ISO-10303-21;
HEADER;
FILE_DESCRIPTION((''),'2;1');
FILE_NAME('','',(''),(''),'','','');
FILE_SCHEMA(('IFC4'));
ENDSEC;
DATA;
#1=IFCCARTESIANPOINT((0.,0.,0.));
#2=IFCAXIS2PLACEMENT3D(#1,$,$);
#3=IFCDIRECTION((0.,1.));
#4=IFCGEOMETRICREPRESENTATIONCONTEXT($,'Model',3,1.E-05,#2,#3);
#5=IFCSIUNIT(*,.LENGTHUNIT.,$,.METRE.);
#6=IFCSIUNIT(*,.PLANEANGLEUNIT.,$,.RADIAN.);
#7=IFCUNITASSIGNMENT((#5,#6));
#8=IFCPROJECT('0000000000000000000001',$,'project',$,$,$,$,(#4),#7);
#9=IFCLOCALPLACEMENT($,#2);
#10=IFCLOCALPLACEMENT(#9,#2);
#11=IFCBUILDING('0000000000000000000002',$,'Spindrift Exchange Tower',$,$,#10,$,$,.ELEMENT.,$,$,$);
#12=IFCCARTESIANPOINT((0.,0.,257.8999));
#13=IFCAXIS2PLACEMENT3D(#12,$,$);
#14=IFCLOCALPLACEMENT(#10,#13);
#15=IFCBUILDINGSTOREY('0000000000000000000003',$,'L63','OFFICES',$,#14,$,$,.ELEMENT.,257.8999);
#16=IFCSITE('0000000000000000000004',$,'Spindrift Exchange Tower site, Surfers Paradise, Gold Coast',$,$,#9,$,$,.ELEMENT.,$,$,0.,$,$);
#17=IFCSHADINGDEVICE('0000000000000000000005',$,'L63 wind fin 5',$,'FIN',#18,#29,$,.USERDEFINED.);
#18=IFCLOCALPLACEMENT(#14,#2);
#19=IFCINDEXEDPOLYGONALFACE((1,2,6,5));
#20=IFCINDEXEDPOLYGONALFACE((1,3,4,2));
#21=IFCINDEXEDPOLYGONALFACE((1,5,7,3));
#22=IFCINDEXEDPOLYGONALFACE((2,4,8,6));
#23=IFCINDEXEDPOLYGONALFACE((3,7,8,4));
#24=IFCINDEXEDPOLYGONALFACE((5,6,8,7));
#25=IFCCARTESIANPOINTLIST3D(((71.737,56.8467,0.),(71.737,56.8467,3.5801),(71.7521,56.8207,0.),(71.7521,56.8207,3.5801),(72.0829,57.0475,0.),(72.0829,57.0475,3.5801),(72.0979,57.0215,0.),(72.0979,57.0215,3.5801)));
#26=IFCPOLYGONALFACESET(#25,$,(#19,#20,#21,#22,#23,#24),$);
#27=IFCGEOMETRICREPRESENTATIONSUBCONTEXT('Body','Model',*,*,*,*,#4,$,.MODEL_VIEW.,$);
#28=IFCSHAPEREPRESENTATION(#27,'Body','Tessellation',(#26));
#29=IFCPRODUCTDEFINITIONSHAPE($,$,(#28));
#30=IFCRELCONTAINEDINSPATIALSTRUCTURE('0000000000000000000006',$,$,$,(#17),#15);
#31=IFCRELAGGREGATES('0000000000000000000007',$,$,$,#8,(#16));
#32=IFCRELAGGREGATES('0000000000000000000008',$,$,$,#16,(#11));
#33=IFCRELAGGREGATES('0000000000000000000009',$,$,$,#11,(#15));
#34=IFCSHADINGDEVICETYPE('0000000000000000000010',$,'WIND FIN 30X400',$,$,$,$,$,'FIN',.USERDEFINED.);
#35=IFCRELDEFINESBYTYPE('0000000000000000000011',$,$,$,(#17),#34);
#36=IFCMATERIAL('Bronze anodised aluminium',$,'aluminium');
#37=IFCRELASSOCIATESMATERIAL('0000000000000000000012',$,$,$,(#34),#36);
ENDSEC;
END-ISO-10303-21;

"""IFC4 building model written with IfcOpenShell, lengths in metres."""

from ifc_helpers import new_model, si_unit, direction, frame, origin, origin_2d, place, context, subcontext, project, spatial, rectangle, extrude, source, transform, mapped, material, material_profile, profile_set, type_object, element, save


model = new_model("IFC4")

# Units and contexts
model_context = context("Model", 3, precision=1e-05, world=origin(), true_north=direction((0.0, 1.0)))
body_context = subcontext(model_context, "Body", "Model", "MODEL_VIEW")
ifc_project = project(units=[si_unit("LENGTHUNIT", "METRE"), si_unit("PLANEANGLEUNIT", "RADIAN")], contexts=[model_context])

# Site, building, storey
site_placement = place(None, origin())
site = spatial("IfcSite", under=ifc_project, at=site_placement, Name="Spindrift Exchange Tower site, Surfers Paradise, Gold Coast", CompositionType="ELEMENT", RefElevation=0.0)
building_placement = place(site_placement, origin())
building = spatial("IfcBuilding", under=site, at=building_placement, Name="Spindrift Exchange Tower", CompositionType="ELEMENT")
storey_placement = place(building_placement, frame((0.0, 0.0, 257.8999)))
storey = spatial("IfcBuildingStorey", under=building, at=storey_placement, Name="L63", Description="OFFICES", CompositionType="ELEMENT", Elevation=257.8999)

# Shared definitions
ifc_material_1 = material(Name="Bronze anodised aluminium", Category="aluminium")

# Shading device
ifc_material_profile_1 = material_profile(ifc_material_1, rectangle(XDim=0.03, YDim=0.3999, at=origin_2d()), Name="WIND FIN 30X400")
ifc_profile_set_1 = profile_set([ifc_material_profile_1], Name="Bronze anodised aluminium")
shading_device_type = type_object("IfcShadingDeviceType", Name="WIND FIN 30X400", ElementType="FIN", PredefinedType="USERDEFINED", material=ifc_profile_set_1)
shared_shape_1 = source(origin(), body_context, "Body", "SweptSolid", [
    extrude(rectangle(XDim=0.03, YDim=0.3999, at=origin_2d()), origin(), (0.0, 0.0, 1.0), 3.5801),
])
shading_device_placement = place(storey_placement, frame((71.9175, 56.9341, 0.0), z_axis=(0.0, 0.0, 1.0), x_axis=(-0.502109, 0.864805, 0.0)))
element("IfcShadingDevice", 1, at=shading_device_placement, inside=storey, type_object=shading_device_type, Name="L63 wind fin 5", ObjectType="FIN", PredefinedType="USERDEFINED", context=body_context, shape_type="MappedRepresentation", body=[
    mapped(shared_shape_1, transform((0.0, 0.0, 0.0), scale=1.0)),
])

save(model, "model.ifc")
